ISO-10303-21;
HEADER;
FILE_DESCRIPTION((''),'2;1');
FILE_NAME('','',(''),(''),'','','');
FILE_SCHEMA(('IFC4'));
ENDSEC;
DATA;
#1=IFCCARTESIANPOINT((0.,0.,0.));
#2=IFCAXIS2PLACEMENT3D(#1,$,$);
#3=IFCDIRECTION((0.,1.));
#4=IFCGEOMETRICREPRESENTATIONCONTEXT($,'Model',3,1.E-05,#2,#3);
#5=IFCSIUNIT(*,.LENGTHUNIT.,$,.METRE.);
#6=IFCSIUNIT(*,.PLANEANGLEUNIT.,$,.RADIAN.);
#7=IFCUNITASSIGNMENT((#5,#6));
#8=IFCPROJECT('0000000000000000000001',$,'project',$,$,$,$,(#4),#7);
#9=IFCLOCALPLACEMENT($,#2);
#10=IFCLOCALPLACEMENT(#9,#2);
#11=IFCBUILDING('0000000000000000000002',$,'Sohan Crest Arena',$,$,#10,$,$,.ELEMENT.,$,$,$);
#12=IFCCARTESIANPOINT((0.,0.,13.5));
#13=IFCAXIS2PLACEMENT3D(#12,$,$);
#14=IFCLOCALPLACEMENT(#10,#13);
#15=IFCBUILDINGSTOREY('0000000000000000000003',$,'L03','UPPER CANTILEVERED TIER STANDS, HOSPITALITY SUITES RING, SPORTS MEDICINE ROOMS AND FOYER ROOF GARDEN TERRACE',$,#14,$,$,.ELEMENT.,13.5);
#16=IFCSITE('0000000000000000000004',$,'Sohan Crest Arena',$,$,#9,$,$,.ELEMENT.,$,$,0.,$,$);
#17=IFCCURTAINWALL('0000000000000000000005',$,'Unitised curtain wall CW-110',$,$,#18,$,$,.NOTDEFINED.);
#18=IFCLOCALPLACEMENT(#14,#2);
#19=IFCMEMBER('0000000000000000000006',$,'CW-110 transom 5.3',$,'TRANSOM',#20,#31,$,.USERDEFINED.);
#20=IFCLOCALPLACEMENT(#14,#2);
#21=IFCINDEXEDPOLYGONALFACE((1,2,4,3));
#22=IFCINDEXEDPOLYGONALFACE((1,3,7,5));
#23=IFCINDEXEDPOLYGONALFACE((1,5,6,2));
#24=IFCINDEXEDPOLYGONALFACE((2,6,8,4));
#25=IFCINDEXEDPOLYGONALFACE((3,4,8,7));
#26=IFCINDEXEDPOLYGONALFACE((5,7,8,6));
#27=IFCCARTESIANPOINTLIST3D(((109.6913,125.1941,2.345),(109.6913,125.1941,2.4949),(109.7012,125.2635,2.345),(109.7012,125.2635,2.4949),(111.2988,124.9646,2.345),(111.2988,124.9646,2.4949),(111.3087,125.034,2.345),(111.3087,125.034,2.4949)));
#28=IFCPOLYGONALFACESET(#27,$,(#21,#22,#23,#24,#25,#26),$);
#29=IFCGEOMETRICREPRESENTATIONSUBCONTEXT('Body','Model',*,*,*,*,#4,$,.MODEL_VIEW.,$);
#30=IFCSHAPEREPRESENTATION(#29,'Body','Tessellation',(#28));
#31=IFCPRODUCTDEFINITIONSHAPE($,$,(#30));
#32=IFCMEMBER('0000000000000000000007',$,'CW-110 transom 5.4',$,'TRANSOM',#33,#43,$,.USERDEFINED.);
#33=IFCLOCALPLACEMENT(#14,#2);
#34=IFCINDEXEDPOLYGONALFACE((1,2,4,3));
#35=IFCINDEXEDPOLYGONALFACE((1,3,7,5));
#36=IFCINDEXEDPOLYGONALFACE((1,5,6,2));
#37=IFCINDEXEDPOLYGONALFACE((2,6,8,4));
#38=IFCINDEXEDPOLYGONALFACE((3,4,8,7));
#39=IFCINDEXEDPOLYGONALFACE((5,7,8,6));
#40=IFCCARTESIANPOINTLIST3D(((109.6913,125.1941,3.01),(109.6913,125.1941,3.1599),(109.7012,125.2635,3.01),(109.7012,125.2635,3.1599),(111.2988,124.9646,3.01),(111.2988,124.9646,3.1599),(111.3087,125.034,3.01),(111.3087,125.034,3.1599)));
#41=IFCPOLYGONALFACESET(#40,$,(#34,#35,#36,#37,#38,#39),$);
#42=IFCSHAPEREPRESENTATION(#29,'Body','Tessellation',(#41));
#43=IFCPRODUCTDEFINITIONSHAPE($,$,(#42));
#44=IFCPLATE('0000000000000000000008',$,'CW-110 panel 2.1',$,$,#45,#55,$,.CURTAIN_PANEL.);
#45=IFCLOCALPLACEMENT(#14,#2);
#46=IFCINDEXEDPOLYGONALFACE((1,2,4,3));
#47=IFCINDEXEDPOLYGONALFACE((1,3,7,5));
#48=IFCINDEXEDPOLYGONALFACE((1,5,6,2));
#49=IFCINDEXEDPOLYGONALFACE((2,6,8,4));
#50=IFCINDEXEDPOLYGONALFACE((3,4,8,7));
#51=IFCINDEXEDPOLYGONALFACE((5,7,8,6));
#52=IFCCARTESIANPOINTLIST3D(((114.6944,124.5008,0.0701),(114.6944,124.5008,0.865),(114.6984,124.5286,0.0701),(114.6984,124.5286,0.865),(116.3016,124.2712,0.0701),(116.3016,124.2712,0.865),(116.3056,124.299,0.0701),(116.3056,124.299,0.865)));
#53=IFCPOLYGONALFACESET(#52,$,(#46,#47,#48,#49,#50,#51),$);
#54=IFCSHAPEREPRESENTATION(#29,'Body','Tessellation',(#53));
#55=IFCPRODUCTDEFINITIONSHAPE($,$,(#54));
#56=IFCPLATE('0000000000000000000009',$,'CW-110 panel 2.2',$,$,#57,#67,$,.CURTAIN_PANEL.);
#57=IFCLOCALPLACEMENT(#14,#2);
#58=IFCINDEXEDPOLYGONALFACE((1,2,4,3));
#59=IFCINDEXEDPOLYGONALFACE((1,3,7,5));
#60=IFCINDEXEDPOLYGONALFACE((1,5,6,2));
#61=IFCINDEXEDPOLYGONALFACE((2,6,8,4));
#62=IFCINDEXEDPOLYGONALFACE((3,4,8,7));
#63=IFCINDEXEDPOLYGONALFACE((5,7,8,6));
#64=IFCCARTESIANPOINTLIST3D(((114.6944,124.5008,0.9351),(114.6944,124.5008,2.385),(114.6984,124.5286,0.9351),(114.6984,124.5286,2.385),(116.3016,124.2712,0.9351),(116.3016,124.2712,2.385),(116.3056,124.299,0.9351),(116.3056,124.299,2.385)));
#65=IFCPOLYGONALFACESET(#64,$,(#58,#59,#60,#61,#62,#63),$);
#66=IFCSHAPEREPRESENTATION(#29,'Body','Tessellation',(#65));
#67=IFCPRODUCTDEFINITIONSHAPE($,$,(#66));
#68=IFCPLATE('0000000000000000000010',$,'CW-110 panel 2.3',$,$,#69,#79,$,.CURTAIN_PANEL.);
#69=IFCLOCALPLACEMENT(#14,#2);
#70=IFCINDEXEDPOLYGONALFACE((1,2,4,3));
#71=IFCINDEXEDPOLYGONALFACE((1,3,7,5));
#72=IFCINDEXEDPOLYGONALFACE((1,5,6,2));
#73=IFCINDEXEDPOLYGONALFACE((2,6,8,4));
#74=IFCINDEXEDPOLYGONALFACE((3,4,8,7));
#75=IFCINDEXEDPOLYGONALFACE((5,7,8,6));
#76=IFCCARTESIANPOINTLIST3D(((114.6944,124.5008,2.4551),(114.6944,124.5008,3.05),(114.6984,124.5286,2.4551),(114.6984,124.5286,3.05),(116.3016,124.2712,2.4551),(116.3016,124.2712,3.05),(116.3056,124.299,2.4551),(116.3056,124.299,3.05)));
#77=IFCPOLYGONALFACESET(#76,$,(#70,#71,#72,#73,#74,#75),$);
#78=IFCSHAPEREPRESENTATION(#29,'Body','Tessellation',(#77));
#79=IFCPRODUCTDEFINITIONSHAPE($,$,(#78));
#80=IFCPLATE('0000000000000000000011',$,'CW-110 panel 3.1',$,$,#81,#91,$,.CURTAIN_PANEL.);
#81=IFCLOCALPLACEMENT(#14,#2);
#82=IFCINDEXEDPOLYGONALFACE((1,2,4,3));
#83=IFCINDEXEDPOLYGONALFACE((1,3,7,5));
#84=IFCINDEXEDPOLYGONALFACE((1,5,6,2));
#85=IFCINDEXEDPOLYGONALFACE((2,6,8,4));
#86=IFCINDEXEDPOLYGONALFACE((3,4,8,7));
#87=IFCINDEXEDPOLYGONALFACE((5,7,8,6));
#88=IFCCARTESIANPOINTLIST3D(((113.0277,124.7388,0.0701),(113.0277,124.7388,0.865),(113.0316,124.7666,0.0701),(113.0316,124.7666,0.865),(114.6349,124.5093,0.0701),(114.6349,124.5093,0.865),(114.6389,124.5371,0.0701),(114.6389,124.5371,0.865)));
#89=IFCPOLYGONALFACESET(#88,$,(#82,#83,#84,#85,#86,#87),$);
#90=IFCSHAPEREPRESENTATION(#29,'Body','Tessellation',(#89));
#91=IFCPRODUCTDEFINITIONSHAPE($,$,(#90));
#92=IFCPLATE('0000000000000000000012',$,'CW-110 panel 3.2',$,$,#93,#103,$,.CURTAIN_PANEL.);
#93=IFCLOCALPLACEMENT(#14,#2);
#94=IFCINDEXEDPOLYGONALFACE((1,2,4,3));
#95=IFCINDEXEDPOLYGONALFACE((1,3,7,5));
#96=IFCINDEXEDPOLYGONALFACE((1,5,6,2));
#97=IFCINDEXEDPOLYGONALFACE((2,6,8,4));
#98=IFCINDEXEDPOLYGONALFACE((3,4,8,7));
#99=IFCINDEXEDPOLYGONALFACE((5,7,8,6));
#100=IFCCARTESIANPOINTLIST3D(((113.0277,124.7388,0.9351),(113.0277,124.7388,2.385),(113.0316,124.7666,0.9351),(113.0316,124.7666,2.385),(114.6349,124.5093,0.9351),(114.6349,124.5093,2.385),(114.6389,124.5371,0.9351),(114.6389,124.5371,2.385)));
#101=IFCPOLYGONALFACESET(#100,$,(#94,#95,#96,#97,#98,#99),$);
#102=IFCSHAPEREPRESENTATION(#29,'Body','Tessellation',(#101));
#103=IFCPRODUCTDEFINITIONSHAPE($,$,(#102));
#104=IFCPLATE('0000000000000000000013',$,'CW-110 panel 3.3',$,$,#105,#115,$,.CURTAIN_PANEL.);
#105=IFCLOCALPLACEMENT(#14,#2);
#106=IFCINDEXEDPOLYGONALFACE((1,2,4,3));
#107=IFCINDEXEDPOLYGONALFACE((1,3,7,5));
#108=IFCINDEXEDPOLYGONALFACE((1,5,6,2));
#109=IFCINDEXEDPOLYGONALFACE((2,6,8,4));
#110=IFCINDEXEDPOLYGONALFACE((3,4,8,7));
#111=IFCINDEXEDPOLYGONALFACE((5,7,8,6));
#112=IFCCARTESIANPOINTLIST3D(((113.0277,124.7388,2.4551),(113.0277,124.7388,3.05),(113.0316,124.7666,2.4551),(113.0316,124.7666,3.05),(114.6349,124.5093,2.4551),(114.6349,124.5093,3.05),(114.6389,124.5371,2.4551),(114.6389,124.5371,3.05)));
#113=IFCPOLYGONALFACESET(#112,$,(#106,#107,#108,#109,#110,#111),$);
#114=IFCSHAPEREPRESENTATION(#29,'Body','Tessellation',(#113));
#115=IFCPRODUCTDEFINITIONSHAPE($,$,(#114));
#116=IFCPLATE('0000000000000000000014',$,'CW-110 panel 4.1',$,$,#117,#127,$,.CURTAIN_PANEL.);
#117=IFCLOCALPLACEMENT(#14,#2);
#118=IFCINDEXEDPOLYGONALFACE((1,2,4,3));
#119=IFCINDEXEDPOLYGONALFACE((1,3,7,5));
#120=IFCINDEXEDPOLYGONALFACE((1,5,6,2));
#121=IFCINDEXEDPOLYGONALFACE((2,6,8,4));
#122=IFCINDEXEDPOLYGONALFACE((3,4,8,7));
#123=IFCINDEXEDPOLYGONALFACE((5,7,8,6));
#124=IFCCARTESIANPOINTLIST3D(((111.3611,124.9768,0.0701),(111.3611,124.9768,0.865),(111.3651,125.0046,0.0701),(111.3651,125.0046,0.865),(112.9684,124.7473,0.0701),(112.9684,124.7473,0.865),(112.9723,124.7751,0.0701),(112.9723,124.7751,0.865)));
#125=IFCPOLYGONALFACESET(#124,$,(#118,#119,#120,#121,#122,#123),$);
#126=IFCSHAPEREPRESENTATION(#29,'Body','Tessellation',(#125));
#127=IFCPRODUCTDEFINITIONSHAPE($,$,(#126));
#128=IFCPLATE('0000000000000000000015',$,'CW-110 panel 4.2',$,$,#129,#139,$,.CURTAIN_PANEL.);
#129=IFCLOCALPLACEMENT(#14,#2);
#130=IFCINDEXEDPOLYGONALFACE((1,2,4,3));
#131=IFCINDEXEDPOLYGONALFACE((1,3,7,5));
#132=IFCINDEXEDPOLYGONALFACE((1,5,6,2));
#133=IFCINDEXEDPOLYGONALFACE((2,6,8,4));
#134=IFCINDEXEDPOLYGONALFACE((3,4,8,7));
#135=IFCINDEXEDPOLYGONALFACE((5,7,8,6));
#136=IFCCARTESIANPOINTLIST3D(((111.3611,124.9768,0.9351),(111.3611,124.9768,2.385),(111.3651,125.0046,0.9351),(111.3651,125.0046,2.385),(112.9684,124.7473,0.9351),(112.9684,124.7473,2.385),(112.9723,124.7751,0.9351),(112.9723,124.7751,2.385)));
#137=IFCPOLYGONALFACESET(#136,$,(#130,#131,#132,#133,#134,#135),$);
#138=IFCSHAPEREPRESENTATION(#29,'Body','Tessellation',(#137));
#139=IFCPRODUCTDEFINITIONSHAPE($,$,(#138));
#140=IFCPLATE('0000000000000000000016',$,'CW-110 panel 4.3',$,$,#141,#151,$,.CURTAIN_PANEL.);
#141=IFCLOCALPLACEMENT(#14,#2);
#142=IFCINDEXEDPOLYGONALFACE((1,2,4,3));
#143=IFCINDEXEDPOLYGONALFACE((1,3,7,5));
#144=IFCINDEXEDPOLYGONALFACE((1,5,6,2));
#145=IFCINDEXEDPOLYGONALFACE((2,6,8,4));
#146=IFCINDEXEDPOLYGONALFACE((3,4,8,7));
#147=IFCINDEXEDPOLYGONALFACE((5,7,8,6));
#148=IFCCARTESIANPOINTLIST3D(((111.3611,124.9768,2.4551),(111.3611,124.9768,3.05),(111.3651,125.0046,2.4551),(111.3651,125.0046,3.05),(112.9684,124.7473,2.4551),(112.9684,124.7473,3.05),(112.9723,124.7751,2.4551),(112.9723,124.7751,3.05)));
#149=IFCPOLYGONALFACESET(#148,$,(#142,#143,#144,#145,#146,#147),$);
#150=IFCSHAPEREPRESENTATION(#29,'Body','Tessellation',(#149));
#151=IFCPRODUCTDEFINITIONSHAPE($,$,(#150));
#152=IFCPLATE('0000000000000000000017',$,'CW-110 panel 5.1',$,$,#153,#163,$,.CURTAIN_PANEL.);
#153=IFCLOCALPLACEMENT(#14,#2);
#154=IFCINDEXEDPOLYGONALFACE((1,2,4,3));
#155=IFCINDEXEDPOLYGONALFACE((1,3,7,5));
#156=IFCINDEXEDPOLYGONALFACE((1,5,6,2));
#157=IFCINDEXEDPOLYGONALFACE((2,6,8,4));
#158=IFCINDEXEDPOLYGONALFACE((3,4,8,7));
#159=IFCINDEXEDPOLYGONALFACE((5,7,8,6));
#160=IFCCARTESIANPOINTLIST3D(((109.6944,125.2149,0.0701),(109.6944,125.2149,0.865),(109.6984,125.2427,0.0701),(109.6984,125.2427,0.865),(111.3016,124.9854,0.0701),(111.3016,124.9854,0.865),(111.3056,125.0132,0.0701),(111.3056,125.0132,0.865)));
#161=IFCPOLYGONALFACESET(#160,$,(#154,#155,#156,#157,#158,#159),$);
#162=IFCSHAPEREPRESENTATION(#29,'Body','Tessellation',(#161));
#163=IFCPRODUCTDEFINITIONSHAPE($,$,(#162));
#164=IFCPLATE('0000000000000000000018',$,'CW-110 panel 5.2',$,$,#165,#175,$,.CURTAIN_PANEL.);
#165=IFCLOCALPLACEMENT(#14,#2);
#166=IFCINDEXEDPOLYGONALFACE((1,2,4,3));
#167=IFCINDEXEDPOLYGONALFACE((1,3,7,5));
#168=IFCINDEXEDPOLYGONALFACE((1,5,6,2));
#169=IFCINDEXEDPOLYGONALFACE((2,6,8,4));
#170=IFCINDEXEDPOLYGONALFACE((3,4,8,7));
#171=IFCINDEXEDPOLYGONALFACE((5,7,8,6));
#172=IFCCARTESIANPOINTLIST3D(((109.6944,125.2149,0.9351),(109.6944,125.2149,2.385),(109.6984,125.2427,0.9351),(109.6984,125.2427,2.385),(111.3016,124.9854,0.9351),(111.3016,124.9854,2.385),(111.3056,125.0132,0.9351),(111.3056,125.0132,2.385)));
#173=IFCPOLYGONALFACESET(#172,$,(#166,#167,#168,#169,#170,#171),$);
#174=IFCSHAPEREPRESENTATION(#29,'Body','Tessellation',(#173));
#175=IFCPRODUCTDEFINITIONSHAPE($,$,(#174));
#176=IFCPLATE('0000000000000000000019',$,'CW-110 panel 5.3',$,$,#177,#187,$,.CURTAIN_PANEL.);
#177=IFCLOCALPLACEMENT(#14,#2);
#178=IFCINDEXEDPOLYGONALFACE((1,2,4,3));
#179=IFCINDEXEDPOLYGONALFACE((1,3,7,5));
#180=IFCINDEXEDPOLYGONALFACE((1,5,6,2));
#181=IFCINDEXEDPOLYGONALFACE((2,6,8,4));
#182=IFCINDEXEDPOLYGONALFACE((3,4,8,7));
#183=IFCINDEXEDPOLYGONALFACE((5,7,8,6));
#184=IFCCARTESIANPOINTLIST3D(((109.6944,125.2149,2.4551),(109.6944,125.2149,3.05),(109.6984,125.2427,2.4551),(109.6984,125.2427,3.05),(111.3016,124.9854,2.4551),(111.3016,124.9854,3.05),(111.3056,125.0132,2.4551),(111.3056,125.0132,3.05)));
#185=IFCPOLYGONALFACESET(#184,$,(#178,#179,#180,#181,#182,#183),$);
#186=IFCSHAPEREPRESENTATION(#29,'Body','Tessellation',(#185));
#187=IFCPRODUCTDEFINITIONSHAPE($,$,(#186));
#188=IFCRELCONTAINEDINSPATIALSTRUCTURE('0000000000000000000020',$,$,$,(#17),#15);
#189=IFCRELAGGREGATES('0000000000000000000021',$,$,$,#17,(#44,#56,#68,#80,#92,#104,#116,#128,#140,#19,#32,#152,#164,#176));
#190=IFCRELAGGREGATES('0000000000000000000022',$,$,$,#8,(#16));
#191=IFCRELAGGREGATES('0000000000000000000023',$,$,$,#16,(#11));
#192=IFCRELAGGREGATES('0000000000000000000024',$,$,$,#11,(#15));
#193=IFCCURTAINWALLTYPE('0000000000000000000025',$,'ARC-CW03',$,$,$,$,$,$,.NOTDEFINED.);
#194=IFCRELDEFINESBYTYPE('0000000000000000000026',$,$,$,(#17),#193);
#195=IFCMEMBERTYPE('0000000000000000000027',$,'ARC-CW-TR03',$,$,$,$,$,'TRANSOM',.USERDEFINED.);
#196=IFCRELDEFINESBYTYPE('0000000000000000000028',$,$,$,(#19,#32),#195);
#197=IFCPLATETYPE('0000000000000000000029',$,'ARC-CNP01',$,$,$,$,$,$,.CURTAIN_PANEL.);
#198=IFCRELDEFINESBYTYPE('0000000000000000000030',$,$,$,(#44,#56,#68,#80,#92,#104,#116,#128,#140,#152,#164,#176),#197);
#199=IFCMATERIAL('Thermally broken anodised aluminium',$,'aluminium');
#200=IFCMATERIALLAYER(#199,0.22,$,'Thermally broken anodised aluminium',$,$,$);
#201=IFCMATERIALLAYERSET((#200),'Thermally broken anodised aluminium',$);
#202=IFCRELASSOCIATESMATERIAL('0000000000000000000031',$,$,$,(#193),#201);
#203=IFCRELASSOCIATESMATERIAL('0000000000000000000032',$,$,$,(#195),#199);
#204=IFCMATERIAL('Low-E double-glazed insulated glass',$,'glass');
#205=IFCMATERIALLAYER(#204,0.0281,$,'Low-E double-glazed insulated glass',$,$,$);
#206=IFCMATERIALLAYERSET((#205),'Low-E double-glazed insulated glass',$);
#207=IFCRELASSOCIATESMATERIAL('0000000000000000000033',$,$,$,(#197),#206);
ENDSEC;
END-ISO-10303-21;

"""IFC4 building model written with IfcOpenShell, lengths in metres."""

from ifc_helpers import new_model, si_unit, direction, frame, origin, origin_2d, place, context, subcontext, project, spatial, rectangle, extrude, material, layer, layer_set, material_profile, profile_set, type_object, element, aggregate, save


model = new_model("IFC4")

# Units and contexts
model_context = context("Model", 3, precision=1e-05, world=origin(), true_north=direction((0.0, 1.0)))
body_context = subcontext(model_context, "Body", "Model", "MODEL_VIEW")
ifc_project = project(units=[si_unit("LENGTHUNIT", "METRE"), si_unit("PLANEANGLEUNIT", "RADIAN")], contexts=[model_context])

# Site, building, storey
site_placement = place(None, origin())
site = spatial("IfcSite", under=ifc_project, at=site_placement, Name="Sohan Crest Arena", CompositionType="ELEMENT", RefElevation=0.0)
building_placement = place(site_placement, origin())
building = spatial("IfcBuilding", under=site, at=building_placement, Name="Sohan Crest Arena", CompositionType="ELEMENT")
storey_placement = place(building_placement, frame((0.0, 0.0, 13.5)))
storey = spatial("IfcBuildingStorey", under=building, at=storey_placement, Name="L03", Description="UPPER CANTILEVERED TIER STANDS, HOSPITALITY SUITES RING, SPORTS MEDICINE ROOMS AND FOYER ROOF GARDEN TERRACE", CompositionType="ELEMENT", Elevation=13.5)

# Curtain wall, members, plates
ifc_material_1 = material(Name="Thermally broken anodised aluminium", Category="aluminium")
ifc_layer_1 = layer(ifc_material_1, 0.22, Name="Thermally broken anodised aluminium")
ifc_layer_set_1 = layer_set([ifc_layer_1], Name="Thermally broken anodised aluminium")
curtain_wall_type = type_object("IfcCurtainWallType", Name="ARC-CW03", PredefinedType="NOTDEFINED", material=ifc_layer_set_1)
curtain_wall_placement = place(storey_placement, origin())
curtain_wall = element("IfcCurtainWall", 1, at=curtain_wall_placement, inside=storey, type_object=curtain_wall_type, Name="Unitised curtain wall CW-110", PredefinedType="NOTDEFINED")
ifc_material_profile_1 = material_profile(ifc_material_1, rectangle(XDim=0.0701, YDim=0.1499, at=origin_2d()), Name="ALU-TRAN 70x150")
ifc_profile_set_1 = profile_set([ifc_material_profile_1], Name="Thermally broken anodised aluminium")
member_type_1 = type_object("IfcMemberType", Name="ARC-CW-TR03", ElementType="TRANSOM", PredefinedType="USERDEFINED", material=ifc_profile_set_1)
member_1_placement = place(storey_placement, frame((111.3037, 124.9993, 2.4199), z_axis=(-0.989962, 0.141337, 0.0), x_axis=(-0.141337, -0.989962, 0.0)))
member_1 = element("IfcMember", 2, at=member_1_placement, type_object=member_type_1, Name="CW-110 transom 5.3", ObjectType="TRANSOM", PredefinedType="USERDEFINED", context=body_context, shape_type="SweptSolid", body=[
    extrude(rectangle(XDim=0.0701, YDim=0.1499, at=origin_2d()), origin(), (0.0, 0.0, 1.0), 1.6238),
])
member_2_placement = place(storey_placement, frame((111.3037, 124.9993, 3.085), z_axis=(-0.989962, 0.141337, 0.0), x_axis=(-0.141337, -0.989962, 0.0)))
member_2 = element("IfcMember", 3, at=member_2_placement, type_object=member_type_1, Name="CW-110 transom 5.4", ObjectType="TRANSOM", PredefinedType="USERDEFINED", context=body_context, shape_type="SweptSolid", body=[
    extrude(rectangle(XDim=0.0701, YDim=0.1499, at=origin_2d()), origin(), (0.0, 0.0, 1.0), 1.6238),
])
ifc_material_2 = material(Name="Low-E double-glazed insulated glass", Category="glass")
ifc_layer_2 = layer(ifc_material_2, 0.0281, Name="Low-E double-glazed insulated glass")
ifc_layer_set_2 = layer_set([ifc_layer_2], Name="Low-E double-glazed insulated glass")
plate_type = type_object("IfcPlateType", Name="ARC-CNP01", PredefinedType="CURTAIN_PANEL", material=ifc_layer_set_2)
plate_1_placement = place(storey_placement, frame((115.5, 124.3999, 0.0701), z_axis=(0.0, 0.0, 1.0), x_axis=(-0.989957, 0.141366, 0.0)))
plate_1 = element("IfcPlate", 4, at=plate_1_placement, type_object=plate_type, Name="CW-110 panel 2.1", PredefinedType="CURTAIN_PANEL", context=body_context, shape_type="SweptSolid", body=[
    extrude(rectangle(XDim=1.6235, YDim=0.0281, at=origin_2d()), origin(), (0.0, 0.0, 1.0), 0.7949),
])
plate_2_placement = place(storey_placement, frame((115.5, 124.3999, 0.9351), z_axis=(0.0, 0.0, 1.0), x_axis=(-0.989957, 0.141366, 0.0)))
plate_2 = element("IfcPlate", 5, at=plate_2_placement, type_object=plate_type, Name="CW-110 panel 2.2", PredefinedType="CURTAIN_PANEL", context=body_context, shape_type="SweptSolid", body=[
    extrude(rectangle(XDim=1.6235, YDim=0.0281, at=origin_2d()), origin(), (0.0, 0.0, 1.0), 1.45),
])
plate_3_placement = place(storey_placement, frame((115.5, 124.3999, 2.4551), z_axis=(0.0, 0.0, 1.0), x_axis=(-0.989957, 0.141366, 0.0)))
plate_3 = element("IfcPlate", 6, at=plate_3_placement, type_object=plate_type, Name="CW-110 panel 2.3", PredefinedType="CURTAIN_PANEL", context=body_context, shape_type="SweptSolid", body=[
    extrude(rectangle(XDim=1.6235, YDim=0.0281, at=origin_2d()), origin(), (0.0, 0.0, 1.0), 0.595),
])
plate_4_placement = place(storey_placement, frame((113.8333, 124.6379, 0.0701), z_axis=(0.0, 0.0, 1.0), x_axis=(-0.989957, 0.141366, 0.0)))
plate_4 = element("IfcPlate", 7, at=plate_4_placement, type_object=plate_type, Name="CW-110 panel 3.1", PredefinedType="CURTAIN_PANEL", context=body_context, shape_type="SweptSolid", body=[
    extrude(rectangle(XDim=1.6235, YDim=0.0281, at=origin_2d()), origin(), (0.0, 0.0, 1.0), 0.7949),
])
plate_5_placement = place(storey_placement, frame((113.8333, 124.6379, 0.9351), z_axis=(0.0, 0.0, 1.0), x_axis=(-0.989957, 0.141366, 0.0)))
plate_5 = element("IfcPlate", 8, at=plate_5_placement, type_object=plate_type, Name="CW-110 panel 3.2", PredefinedType="CURTAIN_PANEL", context=body_context, shape_type="SweptSolid", body=[
    extrude(rectangle(XDim=1.6235, YDim=0.0281, at=origin_2d()), origin(), (0.0, 0.0, 1.0), 1.45),
])
plate_6_placement = place(storey_placement, frame((113.8333, 124.6379, 2.4551), z_axis=(0.0, 0.0, 1.0), x_axis=(-0.989957, 0.141366, 0.0)))
plate_6 = element("IfcPlate", 9, at=plate_6_placement, type_object=plate_type, Name="CW-110 panel 3.3", PredefinedType="CURTAIN_PANEL", context=body_context, shape_type="SweptSolid", body=[
    extrude(rectangle(XDim=1.6235, YDim=0.0281, at=origin_2d()), origin(), (0.0, 0.0, 1.0), 0.595),
])
plate_7_placement = place(storey_placement, frame((112.1667, 124.876, 0.0701), z_axis=(0.0, 0.0, 1.0), x_axis=(-0.989957, 0.141366, 0.0)))
plate_7 = element("IfcPlate", 10, at=plate_7_placement, type_object=plate_type, Name="CW-110 panel 4.1", PredefinedType="CURTAIN_PANEL", context=body_context, shape_type="SweptSolid", body=[
    extrude(rectangle(XDim=1.6235, YDim=0.0281, at=origin_2d()), origin(), (0.0, 0.0, 1.0), 0.7949),
])
plate_8_placement = place(storey_placement, frame((112.1667, 124.876, 0.9351), z_axis=(0.0, 0.0, 1.0), x_axis=(-0.989957, 0.141366, 0.0)))
plate_8 = element("IfcPlate", 11, at=plate_8_placement, type_object=plate_type, Name="CW-110 panel 4.2", PredefinedType="CURTAIN_PANEL", context=body_context, shape_type="SweptSolid", body=[
    extrude(rectangle(XDim=1.6235, YDim=0.0281, at=origin_2d()), origin(), (0.0, 0.0, 1.0), 1.45),
])
plate_9_placement = place(storey_placement, frame((112.1667, 124.876, 2.4551), z_axis=(0.0, 0.0, 1.0), x_axis=(-0.989957, 0.141366, 0.0)))
plate_9 = element("IfcPlate", 12, at=plate_9_placement, type_object=plate_type, Name="CW-110 panel 4.3", PredefinedType="CURTAIN_PANEL", context=body_context, shape_type="SweptSolid", body=[
    extrude(rectangle(XDim=1.6235, YDim=0.0281, at=origin_2d()), origin(), (0.0, 0.0, 1.0), 0.595),
])
plate_10_placement = place(storey_placement, frame((110.5, 125.114, 0.0701), z_axis=(0.0, 0.0, 1.0), x_axis=(-0.989957, 0.141366, 0.0)))
plate_10 = element("IfcPlate", 13, at=plate_10_placement, type_object=plate_type, Name="CW-110 panel 5.1", PredefinedType="CURTAIN_PANEL", context=body_context, shape_type="SweptSolid", body=[
    extrude(rectangle(XDim=1.6235, YDim=0.0281, at=origin_2d()), origin(), (0.0, 0.0, 1.0), 0.7949),
])
plate_11_placement = place(storey_placement, frame((110.5, 125.114, 0.9351), z_axis=(0.0, 0.0, 1.0), x_axis=(-0.989957, 0.141366, 0.0)))
plate_11 = element("IfcPlate", 14, at=plate_11_placement, type_object=plate_type, Name="CW-110 panel 5.2", PredefinedType="CURTAIN_PANEL", context=body_context, shape_type="SweptSolid", body=[
    extrude(rectangle(XDim=1.6235, YDim=0.0281, at=origin_2d()), origin(), (0.0, 0.0, 1.0), 1.45),
])
plate_12_placement = place(storey_placement, frame((110.5, 125.114, 2.4551), z_axis=(0.0, 0.0, 1.0), x_axis=(-0.989957, 0.141366, 0.0)))
plate_12 = element("IfcPlate", 15, at=plate_12_placement, type_object=plate_type, Name="CW-110 panel 5.3", PredefinedType="CURTAIN_PANEL", context=body_context, shape_type="SweptSolid", body=[
    extrude(rectangle(XDim=1.6235, YDim=0.0281, at=origin_2d()), origin(), (0.0, 0.0, 1.0), 0.595),
])
aggregate(curtain_wall, [plate_1, plate_2, plate_3, plate_4, plate_5, plate_6, plate_7, plate_8, plate_9, member_1, member_2, plate_10, plate_11, plate_12])

save(model, "model.ifc")
